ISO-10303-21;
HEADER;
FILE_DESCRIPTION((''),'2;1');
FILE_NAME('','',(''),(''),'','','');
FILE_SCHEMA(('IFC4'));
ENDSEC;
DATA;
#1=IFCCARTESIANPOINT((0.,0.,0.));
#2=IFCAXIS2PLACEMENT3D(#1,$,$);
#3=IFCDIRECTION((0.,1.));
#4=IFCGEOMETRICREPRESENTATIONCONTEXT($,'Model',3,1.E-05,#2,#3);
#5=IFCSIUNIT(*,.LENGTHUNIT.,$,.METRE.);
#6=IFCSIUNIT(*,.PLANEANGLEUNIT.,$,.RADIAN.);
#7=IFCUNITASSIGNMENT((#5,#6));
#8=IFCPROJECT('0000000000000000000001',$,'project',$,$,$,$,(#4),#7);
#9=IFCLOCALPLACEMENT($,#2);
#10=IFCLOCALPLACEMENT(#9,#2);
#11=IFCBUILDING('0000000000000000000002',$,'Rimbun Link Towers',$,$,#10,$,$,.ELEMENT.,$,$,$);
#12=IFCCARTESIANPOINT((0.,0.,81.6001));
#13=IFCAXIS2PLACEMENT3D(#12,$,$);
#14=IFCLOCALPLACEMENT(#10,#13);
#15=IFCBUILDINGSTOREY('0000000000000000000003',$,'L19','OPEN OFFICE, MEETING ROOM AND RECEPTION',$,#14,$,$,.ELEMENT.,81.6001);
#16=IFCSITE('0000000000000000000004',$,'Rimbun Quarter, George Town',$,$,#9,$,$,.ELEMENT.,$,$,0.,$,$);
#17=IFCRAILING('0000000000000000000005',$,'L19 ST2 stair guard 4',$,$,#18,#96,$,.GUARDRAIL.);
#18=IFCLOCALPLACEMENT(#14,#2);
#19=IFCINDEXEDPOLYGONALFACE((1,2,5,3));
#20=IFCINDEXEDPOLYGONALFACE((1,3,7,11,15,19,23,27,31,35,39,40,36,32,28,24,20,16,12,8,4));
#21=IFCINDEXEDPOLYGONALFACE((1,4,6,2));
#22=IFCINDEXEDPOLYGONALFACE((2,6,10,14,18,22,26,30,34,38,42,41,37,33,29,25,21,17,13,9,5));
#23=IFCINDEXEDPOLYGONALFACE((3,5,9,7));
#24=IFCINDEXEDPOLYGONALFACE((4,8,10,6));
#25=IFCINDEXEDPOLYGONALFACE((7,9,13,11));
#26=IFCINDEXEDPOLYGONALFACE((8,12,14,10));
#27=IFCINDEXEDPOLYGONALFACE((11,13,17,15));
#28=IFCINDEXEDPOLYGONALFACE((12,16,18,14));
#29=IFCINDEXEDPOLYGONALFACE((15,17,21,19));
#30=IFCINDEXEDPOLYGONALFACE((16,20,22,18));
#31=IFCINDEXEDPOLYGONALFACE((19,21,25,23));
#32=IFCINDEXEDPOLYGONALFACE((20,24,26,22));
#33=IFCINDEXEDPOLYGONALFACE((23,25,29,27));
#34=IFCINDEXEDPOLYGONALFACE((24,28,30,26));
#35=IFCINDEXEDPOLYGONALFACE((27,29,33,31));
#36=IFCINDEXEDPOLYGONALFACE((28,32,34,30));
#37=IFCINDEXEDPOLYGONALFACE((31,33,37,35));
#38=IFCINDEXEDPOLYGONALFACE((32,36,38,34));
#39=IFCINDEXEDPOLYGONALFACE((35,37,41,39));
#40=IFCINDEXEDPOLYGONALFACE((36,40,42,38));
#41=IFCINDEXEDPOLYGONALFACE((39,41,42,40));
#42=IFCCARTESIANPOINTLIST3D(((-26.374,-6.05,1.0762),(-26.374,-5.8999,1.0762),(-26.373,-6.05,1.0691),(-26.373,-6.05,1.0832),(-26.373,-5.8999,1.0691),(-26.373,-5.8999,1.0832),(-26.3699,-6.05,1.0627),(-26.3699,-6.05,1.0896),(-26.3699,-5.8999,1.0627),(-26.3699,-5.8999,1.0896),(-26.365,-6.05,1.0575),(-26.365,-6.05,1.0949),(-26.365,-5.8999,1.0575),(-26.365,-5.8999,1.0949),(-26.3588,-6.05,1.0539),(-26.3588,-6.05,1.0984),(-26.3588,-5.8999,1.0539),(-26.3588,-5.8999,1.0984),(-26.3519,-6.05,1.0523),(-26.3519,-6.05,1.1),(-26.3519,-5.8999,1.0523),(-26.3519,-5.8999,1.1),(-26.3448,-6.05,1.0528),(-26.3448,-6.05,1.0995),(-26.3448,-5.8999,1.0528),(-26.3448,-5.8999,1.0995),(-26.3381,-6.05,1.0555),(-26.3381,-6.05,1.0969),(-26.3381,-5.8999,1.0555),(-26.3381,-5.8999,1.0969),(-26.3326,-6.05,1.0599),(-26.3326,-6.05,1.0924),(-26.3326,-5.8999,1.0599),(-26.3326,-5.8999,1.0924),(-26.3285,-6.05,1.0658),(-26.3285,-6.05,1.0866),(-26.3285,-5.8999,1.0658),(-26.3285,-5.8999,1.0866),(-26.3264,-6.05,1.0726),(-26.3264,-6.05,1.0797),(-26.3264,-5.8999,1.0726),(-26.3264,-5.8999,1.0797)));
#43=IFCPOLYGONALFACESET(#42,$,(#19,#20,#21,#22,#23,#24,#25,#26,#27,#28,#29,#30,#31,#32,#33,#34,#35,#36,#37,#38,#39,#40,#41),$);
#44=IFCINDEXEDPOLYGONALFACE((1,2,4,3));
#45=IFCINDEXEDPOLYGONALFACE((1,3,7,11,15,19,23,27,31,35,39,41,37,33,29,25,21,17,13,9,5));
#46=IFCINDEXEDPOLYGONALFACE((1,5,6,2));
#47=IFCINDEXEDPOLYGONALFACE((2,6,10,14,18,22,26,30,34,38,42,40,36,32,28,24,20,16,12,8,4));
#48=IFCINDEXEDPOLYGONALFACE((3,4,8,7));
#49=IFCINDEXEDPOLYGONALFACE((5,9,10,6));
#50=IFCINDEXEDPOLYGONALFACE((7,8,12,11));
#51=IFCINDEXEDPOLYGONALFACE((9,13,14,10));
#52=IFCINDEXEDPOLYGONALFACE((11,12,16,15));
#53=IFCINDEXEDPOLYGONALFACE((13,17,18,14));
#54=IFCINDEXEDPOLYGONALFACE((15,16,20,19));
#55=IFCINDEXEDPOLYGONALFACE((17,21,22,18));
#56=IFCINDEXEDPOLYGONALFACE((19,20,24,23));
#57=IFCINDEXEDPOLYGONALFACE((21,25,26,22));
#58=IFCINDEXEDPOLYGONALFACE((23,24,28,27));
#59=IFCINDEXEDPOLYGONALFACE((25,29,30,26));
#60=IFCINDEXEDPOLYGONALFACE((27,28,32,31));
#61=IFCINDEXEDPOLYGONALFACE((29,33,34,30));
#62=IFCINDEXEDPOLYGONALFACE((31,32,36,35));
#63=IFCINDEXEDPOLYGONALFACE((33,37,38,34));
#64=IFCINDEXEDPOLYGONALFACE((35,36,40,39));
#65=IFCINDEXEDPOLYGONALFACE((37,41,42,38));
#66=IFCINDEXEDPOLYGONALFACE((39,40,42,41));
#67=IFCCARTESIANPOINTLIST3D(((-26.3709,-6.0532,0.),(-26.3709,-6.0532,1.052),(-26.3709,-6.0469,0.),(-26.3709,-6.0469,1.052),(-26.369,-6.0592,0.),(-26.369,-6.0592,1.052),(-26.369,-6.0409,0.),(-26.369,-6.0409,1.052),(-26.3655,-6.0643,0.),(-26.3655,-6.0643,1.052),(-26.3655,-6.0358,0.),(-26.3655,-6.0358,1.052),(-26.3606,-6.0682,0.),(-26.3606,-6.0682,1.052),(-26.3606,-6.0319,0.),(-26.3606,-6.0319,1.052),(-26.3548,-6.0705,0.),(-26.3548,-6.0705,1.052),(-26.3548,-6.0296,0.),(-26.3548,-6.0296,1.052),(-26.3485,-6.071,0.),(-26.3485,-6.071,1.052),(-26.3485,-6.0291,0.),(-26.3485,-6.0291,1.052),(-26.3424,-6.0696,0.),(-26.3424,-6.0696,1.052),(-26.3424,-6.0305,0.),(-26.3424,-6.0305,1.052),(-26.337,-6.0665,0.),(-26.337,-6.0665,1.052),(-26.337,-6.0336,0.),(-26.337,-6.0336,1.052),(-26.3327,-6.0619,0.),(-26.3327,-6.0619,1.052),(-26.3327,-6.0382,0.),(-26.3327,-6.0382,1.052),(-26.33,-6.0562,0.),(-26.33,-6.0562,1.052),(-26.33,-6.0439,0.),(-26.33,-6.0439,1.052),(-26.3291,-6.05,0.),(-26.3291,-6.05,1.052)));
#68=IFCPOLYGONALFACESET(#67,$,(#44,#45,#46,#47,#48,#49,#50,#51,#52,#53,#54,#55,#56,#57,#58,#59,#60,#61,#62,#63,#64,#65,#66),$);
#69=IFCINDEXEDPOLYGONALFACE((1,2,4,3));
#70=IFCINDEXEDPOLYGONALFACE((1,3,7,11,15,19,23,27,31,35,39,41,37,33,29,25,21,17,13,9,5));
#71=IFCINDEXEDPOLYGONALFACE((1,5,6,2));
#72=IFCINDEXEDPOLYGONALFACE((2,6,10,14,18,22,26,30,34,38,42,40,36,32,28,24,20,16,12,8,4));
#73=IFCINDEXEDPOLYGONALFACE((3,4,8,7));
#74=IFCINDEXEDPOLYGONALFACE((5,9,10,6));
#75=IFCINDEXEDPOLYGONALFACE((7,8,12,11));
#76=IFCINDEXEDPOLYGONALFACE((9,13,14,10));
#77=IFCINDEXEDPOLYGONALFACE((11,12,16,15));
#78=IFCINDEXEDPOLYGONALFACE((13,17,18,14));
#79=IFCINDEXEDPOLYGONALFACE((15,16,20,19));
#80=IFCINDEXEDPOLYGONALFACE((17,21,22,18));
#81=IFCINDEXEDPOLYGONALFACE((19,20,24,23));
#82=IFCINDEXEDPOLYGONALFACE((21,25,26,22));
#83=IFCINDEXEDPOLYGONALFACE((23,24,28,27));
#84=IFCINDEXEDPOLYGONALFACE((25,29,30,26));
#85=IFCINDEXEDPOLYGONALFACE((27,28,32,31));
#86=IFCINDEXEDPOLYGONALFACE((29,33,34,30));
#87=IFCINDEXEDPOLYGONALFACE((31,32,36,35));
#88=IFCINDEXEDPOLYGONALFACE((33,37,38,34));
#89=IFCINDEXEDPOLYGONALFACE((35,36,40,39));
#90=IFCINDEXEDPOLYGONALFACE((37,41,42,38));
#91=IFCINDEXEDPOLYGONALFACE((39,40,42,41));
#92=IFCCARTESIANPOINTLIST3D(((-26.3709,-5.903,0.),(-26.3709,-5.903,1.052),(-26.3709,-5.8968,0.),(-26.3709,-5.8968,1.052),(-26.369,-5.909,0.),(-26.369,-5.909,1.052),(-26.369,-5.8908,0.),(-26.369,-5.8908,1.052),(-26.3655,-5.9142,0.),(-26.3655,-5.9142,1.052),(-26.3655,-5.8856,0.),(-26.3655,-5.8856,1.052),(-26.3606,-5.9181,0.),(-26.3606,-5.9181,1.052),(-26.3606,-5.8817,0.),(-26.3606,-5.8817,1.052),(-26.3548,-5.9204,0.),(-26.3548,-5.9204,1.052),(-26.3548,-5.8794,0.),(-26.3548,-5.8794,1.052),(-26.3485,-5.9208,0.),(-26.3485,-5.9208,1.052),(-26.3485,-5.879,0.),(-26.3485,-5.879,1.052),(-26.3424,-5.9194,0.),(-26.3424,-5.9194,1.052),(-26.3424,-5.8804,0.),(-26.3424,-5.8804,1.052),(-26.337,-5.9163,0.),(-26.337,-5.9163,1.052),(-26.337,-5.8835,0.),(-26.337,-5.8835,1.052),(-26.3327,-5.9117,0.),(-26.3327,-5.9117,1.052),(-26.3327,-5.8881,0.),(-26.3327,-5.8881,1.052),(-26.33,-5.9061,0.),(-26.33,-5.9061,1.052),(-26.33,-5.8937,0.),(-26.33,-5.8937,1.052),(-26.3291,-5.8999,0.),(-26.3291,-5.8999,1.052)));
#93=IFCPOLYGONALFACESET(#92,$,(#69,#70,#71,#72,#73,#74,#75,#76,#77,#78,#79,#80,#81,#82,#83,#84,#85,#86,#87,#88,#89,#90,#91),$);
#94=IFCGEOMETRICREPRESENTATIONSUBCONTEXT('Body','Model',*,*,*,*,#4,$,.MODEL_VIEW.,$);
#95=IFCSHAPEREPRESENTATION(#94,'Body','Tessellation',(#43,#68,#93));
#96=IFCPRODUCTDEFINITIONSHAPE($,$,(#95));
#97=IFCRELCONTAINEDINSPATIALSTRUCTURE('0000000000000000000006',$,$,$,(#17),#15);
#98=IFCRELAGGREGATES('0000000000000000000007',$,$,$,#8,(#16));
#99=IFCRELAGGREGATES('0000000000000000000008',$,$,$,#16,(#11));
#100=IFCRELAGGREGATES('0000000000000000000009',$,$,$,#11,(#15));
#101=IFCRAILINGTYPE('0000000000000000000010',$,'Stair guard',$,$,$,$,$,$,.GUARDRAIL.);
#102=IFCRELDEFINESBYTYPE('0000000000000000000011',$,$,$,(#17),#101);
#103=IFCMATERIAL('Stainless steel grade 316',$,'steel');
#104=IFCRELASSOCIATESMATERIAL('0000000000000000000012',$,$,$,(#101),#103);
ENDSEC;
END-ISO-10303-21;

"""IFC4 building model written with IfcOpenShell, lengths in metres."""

from ifc_helpers import new_model, si_unit, direction, frame, origin, origin_2d, place, context, subcontext, project, spatial, circle, extrude, material, type_object, element, save


model = new_model("IFC4")

# Units and contexts
model_context = context("Model", 3, precision=1e-05, world=origin(), true_north=direction((0.0, 1.0)))
body_context = subcontext(model_context, "Body", "Model", "MODEL_VIEW")
ifc_project = project(units=[si_unit("LENGTHUNIT", "METRE"), si_unit("PLANEANGLEUNIT", "RADIAN")], contexts=[model_context])

# Site, building, storey
site_placement = place(None, origin())
site = spatial("IfcSite", under=ifc_project, at=site_placement, Name="Rimbun Quarter, George Town", CompositionType="ELEMENT", RefElevation=0.0)
building_placement = place(site_placement, origin())
building = spatial("IfcBuilding", under=site, at=building_placement, Name="Rimbun Link Towers", CompositionType="ELEMENT")
storey_placement = place(building_placement, frame((0.0, 0.0, 81.6001)))
storey = spatial("IfcBuildingStorey", under=building, at=storey_placement, Name="L19", Description="OPEN OFFICE, MEETING ROOM AND RECEPTION", CompositionType="ELEMENT", Elevation=81.6001)

# Railing
ifc_material_1 = material(Name="Stainless steel grade 316", Category="steel")
railing_type_1 = type_object("IfcRailingType", Name="Stair guard", PredefinedType="GUARDRAIL", material=ifc_material_1)
railing_1_placement = place(storey_placement, frame((-26.3501, -6.05, 0.0)))
element("IfcRailing", 1, at=railing_1_placement, inside=storey, type_object=railing_type_1, Name="L19 ST2 stair guard 4", PredefinedType="GUARDRAIL", context=body_context, shape_type="SweptSolid", body=[
    extrude(circle(Radius=0.0239, at=origin_2d()), frame((0.0, 0.0, 1.0762), z_axis=(0.0, 1.0, 0.0), x_axis=(-1.0, 0.0, 0.0)), (0.0, 0.0, 1.0), 0.1501),
    extrude(circle(Radius=0.021, at=origin_2d()), origin(), (0.0, 0.0, 1.0), 1.052),
    extrude(circle(Radius=0.021, at=origin_2d()), frame((0.0, 0.1501, 0.0)), (0.0, 0.0, 1.0), 1.052),
])

save(model, "model.ifc")
